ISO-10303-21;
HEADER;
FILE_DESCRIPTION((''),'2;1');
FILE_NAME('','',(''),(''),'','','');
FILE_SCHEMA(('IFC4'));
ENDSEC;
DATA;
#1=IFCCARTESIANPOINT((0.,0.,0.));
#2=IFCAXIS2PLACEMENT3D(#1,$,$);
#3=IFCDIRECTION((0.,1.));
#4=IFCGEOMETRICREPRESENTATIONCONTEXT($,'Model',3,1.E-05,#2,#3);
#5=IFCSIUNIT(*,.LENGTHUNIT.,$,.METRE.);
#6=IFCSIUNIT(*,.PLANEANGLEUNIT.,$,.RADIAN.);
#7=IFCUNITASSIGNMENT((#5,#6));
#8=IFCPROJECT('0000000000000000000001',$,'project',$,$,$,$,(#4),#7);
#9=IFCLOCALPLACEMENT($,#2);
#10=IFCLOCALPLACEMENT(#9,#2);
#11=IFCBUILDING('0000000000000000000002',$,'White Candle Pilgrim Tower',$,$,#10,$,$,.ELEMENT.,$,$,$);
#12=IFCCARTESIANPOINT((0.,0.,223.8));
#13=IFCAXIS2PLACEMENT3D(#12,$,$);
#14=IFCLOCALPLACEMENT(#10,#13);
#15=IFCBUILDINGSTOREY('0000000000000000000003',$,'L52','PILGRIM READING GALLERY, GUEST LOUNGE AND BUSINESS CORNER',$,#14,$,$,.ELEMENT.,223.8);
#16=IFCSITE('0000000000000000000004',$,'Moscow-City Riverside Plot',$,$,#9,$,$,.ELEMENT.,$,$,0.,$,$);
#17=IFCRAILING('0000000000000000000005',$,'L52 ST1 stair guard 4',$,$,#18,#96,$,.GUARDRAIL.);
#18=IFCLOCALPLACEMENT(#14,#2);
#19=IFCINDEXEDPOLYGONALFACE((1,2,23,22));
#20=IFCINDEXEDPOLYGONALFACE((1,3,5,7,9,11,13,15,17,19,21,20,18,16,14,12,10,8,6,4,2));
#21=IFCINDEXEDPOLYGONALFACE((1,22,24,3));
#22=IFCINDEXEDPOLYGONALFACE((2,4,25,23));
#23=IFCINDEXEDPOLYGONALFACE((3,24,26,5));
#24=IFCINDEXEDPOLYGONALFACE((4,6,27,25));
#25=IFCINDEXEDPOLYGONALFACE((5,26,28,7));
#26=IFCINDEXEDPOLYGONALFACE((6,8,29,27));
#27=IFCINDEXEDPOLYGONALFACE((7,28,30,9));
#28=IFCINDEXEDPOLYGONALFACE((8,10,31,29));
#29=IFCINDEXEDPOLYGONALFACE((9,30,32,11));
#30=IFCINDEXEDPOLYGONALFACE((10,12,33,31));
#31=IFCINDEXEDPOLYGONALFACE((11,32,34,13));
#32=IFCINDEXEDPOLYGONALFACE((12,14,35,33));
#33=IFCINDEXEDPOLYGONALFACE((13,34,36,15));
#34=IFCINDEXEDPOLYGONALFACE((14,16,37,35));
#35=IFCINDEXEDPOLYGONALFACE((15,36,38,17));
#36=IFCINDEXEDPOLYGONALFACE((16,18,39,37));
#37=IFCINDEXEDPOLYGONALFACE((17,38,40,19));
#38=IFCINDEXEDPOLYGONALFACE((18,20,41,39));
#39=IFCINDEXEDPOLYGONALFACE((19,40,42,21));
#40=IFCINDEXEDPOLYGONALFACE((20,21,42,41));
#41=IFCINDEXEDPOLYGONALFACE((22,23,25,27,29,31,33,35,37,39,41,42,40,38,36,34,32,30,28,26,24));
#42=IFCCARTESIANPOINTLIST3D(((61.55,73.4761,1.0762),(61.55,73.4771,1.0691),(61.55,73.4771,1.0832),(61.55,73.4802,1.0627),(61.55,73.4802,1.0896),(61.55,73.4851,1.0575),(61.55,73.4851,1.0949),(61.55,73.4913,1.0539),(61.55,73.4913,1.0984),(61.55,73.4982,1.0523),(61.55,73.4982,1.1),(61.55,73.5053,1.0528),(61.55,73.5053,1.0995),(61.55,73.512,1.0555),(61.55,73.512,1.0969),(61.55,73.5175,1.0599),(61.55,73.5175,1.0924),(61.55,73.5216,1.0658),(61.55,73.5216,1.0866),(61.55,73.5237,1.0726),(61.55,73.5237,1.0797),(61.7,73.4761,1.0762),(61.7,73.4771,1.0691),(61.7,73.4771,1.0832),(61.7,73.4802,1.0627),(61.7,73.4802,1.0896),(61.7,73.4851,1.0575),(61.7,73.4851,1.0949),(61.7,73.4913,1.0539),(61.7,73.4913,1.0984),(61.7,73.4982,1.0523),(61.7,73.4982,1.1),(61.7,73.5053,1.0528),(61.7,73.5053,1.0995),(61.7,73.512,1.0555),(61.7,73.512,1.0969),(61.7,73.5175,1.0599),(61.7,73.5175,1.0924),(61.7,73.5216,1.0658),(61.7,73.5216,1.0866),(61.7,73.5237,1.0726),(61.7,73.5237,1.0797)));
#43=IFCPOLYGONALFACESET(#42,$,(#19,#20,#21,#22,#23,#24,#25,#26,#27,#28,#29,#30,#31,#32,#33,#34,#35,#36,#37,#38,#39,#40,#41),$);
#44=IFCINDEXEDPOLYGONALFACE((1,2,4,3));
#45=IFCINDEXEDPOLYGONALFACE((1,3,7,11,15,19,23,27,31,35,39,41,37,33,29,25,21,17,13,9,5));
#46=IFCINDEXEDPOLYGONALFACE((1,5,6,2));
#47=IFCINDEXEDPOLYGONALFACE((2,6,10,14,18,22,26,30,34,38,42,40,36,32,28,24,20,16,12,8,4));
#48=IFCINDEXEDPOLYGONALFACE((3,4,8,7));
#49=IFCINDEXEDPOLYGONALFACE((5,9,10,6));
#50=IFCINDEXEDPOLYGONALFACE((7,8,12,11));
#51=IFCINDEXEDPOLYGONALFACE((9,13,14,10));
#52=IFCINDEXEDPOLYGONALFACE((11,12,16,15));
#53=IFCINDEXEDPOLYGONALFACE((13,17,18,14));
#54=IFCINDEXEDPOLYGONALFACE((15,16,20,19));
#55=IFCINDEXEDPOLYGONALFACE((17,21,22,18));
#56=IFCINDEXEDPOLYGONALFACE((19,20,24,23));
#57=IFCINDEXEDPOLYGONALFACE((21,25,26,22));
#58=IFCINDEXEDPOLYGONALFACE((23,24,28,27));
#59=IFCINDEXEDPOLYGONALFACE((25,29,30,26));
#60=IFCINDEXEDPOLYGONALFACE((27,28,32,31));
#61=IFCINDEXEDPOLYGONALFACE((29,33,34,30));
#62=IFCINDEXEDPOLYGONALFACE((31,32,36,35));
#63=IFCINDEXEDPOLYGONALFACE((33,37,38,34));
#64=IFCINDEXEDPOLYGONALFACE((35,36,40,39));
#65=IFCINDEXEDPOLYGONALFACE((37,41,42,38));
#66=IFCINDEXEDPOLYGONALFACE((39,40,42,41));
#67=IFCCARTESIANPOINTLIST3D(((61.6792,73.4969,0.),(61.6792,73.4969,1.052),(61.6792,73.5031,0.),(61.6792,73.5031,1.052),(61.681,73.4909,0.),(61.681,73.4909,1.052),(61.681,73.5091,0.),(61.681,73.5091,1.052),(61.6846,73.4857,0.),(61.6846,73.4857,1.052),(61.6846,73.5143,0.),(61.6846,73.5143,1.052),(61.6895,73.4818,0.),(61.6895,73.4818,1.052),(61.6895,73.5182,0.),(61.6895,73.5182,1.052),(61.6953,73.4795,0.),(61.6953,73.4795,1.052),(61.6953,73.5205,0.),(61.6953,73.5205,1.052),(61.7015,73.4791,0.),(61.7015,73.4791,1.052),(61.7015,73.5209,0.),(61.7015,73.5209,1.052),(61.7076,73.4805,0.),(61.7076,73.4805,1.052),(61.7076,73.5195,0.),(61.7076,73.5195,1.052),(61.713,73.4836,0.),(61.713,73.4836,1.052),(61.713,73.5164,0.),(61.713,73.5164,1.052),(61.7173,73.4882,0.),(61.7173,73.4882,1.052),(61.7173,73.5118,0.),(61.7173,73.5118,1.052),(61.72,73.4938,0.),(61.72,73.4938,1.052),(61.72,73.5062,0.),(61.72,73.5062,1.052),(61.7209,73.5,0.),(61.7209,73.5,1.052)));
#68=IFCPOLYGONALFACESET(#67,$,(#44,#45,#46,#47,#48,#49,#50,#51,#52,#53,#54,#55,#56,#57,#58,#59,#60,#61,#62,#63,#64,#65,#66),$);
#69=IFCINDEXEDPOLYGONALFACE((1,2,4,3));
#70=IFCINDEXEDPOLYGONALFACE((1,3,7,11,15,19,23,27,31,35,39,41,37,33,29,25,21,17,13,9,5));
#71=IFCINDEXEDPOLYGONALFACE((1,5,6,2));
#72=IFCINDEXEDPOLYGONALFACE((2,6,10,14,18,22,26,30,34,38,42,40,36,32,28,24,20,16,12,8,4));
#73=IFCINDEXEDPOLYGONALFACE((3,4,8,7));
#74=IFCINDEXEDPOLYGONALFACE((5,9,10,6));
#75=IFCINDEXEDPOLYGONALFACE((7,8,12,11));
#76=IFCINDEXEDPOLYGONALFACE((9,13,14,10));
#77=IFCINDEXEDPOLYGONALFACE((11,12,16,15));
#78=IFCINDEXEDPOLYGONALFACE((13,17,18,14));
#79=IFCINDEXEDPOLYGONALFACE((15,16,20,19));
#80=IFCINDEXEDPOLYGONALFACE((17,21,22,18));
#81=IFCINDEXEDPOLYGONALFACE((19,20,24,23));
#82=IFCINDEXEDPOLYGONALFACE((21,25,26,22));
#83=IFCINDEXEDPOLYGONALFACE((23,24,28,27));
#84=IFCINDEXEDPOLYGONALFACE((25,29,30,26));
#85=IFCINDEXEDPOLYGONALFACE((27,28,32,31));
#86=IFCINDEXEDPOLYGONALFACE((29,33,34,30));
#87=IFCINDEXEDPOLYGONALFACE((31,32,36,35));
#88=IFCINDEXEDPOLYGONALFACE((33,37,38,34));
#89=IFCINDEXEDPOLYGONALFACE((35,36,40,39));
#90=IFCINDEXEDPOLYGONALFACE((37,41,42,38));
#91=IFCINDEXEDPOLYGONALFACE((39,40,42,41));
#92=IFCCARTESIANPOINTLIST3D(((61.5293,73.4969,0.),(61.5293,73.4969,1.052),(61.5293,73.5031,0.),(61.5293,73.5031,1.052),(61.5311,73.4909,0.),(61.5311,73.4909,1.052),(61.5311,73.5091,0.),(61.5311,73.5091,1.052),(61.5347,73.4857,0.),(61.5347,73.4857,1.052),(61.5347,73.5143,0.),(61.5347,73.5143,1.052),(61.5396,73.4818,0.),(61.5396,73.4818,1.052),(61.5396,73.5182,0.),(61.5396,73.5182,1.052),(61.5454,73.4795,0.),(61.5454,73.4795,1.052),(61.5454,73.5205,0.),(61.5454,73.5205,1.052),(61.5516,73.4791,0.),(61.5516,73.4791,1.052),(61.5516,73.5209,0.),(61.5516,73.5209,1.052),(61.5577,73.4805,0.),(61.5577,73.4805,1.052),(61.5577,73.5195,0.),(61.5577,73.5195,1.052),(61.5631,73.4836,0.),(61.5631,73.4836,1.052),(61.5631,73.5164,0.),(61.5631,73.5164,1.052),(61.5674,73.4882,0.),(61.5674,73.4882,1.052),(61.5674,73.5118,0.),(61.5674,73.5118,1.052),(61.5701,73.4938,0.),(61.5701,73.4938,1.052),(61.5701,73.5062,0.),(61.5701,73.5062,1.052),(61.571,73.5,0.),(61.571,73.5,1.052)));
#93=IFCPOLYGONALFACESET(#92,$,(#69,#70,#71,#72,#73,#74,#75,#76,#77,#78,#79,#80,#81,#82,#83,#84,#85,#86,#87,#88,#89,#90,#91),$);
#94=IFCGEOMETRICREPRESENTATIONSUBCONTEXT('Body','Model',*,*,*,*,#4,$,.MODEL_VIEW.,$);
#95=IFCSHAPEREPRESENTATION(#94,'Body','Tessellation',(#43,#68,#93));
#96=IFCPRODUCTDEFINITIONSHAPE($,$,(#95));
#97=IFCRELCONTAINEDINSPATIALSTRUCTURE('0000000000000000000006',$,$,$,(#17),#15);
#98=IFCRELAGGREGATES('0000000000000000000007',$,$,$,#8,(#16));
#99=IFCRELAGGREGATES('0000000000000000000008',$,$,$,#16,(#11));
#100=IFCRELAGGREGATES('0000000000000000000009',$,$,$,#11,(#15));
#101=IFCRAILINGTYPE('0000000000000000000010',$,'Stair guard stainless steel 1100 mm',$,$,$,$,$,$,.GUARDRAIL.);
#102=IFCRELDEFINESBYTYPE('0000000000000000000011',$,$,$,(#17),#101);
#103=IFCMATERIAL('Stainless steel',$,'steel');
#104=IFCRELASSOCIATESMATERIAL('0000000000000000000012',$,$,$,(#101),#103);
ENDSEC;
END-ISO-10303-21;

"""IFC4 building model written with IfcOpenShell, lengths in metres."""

from ifc_helpers import new_model, si_unit, direction, frame, origin, origin_2d, place, context, subcontext, project, spatial, circle, extrude, material, type_object, element, save


model = new_model("IFC4")

# Units and contexts
model_context = context("Model", 3, precision=1e-05, world=origin(), true_north=direction((0.0, 1.0)))
body_context = subcontext(model_context, "Body", "Model", "MODEL_VIEW")
ifc_project = project(units=[si_unit("LENGTHUNIT", "METRE"), si_unit("PLANEANGLEUNIT", "RADIAN")], contexts=[model_context])

# Site, building, storey
site_placement = place(None, origin())
site = spatial("IfcSite", under=ifc_project, at=site_placement, Name="Moscow-City Riverside Plot", CompositionType="ELEMENT", RefElevation=0.0)
building_placement = place(site_placement, origin())
building = spatial("IfcBuilding", under=site, at=building_placement, Name="White Candle Pilgrim Tower", CompositionType="ELEMENT")
storey_placement = place(building_placement, frame((0.0, 0.0, 223.8)))
storey = spatial("IfcBuildingStorey", under=building, at=storey_placement, Name="L52", Description="PILGRIM READING GALLERY, GUEST LOUNGE AND BUSINESS CORNER", CompositionType="ELEMENT", Elevation=223.8)

# Railing
ifc_material_1 = material(Name="Stainless steel", Category="steel")
railing_type_1 = type_object("IfcRailingType", Name="Stair guard stainless steel 1100 mm", PredefinedType="GUARDRAIL", material=ifc_material_1)
railing_1_placement = place(storey_placement, frame((61.7, 73.5, 0.0)))
element("IfcRailing", 1, at=railing_1_placement, inside=storey, type_object=railing_type_1, Name="L52 ST1 stair guard 4", PredefinedType="GUARDRAIL", context=body_context, shape_type="SweptSolid", body=[
    extrude(circle(Radius=0.0239, at=origin_2d()), frame((0.0, 0.0, 1.0762), z_axis=(-1.0, 0.0, 0.0), x_axis=(0.0, -1.0, 0.0)), (0.0, 0.0, 1.0), 0.1499),
    extrude(circle(Radius=0.021, at=origin_2d()), origin(), (0.0, 0.0, 1.0), 1.052),
    extrude(circle(Radius=0.021, at=origin_2d()), frame((-0.1499, 0.0, 0.0)), (0.0, 0.0, 1.0), 1.052),
])

save(model, "model.ifc")
